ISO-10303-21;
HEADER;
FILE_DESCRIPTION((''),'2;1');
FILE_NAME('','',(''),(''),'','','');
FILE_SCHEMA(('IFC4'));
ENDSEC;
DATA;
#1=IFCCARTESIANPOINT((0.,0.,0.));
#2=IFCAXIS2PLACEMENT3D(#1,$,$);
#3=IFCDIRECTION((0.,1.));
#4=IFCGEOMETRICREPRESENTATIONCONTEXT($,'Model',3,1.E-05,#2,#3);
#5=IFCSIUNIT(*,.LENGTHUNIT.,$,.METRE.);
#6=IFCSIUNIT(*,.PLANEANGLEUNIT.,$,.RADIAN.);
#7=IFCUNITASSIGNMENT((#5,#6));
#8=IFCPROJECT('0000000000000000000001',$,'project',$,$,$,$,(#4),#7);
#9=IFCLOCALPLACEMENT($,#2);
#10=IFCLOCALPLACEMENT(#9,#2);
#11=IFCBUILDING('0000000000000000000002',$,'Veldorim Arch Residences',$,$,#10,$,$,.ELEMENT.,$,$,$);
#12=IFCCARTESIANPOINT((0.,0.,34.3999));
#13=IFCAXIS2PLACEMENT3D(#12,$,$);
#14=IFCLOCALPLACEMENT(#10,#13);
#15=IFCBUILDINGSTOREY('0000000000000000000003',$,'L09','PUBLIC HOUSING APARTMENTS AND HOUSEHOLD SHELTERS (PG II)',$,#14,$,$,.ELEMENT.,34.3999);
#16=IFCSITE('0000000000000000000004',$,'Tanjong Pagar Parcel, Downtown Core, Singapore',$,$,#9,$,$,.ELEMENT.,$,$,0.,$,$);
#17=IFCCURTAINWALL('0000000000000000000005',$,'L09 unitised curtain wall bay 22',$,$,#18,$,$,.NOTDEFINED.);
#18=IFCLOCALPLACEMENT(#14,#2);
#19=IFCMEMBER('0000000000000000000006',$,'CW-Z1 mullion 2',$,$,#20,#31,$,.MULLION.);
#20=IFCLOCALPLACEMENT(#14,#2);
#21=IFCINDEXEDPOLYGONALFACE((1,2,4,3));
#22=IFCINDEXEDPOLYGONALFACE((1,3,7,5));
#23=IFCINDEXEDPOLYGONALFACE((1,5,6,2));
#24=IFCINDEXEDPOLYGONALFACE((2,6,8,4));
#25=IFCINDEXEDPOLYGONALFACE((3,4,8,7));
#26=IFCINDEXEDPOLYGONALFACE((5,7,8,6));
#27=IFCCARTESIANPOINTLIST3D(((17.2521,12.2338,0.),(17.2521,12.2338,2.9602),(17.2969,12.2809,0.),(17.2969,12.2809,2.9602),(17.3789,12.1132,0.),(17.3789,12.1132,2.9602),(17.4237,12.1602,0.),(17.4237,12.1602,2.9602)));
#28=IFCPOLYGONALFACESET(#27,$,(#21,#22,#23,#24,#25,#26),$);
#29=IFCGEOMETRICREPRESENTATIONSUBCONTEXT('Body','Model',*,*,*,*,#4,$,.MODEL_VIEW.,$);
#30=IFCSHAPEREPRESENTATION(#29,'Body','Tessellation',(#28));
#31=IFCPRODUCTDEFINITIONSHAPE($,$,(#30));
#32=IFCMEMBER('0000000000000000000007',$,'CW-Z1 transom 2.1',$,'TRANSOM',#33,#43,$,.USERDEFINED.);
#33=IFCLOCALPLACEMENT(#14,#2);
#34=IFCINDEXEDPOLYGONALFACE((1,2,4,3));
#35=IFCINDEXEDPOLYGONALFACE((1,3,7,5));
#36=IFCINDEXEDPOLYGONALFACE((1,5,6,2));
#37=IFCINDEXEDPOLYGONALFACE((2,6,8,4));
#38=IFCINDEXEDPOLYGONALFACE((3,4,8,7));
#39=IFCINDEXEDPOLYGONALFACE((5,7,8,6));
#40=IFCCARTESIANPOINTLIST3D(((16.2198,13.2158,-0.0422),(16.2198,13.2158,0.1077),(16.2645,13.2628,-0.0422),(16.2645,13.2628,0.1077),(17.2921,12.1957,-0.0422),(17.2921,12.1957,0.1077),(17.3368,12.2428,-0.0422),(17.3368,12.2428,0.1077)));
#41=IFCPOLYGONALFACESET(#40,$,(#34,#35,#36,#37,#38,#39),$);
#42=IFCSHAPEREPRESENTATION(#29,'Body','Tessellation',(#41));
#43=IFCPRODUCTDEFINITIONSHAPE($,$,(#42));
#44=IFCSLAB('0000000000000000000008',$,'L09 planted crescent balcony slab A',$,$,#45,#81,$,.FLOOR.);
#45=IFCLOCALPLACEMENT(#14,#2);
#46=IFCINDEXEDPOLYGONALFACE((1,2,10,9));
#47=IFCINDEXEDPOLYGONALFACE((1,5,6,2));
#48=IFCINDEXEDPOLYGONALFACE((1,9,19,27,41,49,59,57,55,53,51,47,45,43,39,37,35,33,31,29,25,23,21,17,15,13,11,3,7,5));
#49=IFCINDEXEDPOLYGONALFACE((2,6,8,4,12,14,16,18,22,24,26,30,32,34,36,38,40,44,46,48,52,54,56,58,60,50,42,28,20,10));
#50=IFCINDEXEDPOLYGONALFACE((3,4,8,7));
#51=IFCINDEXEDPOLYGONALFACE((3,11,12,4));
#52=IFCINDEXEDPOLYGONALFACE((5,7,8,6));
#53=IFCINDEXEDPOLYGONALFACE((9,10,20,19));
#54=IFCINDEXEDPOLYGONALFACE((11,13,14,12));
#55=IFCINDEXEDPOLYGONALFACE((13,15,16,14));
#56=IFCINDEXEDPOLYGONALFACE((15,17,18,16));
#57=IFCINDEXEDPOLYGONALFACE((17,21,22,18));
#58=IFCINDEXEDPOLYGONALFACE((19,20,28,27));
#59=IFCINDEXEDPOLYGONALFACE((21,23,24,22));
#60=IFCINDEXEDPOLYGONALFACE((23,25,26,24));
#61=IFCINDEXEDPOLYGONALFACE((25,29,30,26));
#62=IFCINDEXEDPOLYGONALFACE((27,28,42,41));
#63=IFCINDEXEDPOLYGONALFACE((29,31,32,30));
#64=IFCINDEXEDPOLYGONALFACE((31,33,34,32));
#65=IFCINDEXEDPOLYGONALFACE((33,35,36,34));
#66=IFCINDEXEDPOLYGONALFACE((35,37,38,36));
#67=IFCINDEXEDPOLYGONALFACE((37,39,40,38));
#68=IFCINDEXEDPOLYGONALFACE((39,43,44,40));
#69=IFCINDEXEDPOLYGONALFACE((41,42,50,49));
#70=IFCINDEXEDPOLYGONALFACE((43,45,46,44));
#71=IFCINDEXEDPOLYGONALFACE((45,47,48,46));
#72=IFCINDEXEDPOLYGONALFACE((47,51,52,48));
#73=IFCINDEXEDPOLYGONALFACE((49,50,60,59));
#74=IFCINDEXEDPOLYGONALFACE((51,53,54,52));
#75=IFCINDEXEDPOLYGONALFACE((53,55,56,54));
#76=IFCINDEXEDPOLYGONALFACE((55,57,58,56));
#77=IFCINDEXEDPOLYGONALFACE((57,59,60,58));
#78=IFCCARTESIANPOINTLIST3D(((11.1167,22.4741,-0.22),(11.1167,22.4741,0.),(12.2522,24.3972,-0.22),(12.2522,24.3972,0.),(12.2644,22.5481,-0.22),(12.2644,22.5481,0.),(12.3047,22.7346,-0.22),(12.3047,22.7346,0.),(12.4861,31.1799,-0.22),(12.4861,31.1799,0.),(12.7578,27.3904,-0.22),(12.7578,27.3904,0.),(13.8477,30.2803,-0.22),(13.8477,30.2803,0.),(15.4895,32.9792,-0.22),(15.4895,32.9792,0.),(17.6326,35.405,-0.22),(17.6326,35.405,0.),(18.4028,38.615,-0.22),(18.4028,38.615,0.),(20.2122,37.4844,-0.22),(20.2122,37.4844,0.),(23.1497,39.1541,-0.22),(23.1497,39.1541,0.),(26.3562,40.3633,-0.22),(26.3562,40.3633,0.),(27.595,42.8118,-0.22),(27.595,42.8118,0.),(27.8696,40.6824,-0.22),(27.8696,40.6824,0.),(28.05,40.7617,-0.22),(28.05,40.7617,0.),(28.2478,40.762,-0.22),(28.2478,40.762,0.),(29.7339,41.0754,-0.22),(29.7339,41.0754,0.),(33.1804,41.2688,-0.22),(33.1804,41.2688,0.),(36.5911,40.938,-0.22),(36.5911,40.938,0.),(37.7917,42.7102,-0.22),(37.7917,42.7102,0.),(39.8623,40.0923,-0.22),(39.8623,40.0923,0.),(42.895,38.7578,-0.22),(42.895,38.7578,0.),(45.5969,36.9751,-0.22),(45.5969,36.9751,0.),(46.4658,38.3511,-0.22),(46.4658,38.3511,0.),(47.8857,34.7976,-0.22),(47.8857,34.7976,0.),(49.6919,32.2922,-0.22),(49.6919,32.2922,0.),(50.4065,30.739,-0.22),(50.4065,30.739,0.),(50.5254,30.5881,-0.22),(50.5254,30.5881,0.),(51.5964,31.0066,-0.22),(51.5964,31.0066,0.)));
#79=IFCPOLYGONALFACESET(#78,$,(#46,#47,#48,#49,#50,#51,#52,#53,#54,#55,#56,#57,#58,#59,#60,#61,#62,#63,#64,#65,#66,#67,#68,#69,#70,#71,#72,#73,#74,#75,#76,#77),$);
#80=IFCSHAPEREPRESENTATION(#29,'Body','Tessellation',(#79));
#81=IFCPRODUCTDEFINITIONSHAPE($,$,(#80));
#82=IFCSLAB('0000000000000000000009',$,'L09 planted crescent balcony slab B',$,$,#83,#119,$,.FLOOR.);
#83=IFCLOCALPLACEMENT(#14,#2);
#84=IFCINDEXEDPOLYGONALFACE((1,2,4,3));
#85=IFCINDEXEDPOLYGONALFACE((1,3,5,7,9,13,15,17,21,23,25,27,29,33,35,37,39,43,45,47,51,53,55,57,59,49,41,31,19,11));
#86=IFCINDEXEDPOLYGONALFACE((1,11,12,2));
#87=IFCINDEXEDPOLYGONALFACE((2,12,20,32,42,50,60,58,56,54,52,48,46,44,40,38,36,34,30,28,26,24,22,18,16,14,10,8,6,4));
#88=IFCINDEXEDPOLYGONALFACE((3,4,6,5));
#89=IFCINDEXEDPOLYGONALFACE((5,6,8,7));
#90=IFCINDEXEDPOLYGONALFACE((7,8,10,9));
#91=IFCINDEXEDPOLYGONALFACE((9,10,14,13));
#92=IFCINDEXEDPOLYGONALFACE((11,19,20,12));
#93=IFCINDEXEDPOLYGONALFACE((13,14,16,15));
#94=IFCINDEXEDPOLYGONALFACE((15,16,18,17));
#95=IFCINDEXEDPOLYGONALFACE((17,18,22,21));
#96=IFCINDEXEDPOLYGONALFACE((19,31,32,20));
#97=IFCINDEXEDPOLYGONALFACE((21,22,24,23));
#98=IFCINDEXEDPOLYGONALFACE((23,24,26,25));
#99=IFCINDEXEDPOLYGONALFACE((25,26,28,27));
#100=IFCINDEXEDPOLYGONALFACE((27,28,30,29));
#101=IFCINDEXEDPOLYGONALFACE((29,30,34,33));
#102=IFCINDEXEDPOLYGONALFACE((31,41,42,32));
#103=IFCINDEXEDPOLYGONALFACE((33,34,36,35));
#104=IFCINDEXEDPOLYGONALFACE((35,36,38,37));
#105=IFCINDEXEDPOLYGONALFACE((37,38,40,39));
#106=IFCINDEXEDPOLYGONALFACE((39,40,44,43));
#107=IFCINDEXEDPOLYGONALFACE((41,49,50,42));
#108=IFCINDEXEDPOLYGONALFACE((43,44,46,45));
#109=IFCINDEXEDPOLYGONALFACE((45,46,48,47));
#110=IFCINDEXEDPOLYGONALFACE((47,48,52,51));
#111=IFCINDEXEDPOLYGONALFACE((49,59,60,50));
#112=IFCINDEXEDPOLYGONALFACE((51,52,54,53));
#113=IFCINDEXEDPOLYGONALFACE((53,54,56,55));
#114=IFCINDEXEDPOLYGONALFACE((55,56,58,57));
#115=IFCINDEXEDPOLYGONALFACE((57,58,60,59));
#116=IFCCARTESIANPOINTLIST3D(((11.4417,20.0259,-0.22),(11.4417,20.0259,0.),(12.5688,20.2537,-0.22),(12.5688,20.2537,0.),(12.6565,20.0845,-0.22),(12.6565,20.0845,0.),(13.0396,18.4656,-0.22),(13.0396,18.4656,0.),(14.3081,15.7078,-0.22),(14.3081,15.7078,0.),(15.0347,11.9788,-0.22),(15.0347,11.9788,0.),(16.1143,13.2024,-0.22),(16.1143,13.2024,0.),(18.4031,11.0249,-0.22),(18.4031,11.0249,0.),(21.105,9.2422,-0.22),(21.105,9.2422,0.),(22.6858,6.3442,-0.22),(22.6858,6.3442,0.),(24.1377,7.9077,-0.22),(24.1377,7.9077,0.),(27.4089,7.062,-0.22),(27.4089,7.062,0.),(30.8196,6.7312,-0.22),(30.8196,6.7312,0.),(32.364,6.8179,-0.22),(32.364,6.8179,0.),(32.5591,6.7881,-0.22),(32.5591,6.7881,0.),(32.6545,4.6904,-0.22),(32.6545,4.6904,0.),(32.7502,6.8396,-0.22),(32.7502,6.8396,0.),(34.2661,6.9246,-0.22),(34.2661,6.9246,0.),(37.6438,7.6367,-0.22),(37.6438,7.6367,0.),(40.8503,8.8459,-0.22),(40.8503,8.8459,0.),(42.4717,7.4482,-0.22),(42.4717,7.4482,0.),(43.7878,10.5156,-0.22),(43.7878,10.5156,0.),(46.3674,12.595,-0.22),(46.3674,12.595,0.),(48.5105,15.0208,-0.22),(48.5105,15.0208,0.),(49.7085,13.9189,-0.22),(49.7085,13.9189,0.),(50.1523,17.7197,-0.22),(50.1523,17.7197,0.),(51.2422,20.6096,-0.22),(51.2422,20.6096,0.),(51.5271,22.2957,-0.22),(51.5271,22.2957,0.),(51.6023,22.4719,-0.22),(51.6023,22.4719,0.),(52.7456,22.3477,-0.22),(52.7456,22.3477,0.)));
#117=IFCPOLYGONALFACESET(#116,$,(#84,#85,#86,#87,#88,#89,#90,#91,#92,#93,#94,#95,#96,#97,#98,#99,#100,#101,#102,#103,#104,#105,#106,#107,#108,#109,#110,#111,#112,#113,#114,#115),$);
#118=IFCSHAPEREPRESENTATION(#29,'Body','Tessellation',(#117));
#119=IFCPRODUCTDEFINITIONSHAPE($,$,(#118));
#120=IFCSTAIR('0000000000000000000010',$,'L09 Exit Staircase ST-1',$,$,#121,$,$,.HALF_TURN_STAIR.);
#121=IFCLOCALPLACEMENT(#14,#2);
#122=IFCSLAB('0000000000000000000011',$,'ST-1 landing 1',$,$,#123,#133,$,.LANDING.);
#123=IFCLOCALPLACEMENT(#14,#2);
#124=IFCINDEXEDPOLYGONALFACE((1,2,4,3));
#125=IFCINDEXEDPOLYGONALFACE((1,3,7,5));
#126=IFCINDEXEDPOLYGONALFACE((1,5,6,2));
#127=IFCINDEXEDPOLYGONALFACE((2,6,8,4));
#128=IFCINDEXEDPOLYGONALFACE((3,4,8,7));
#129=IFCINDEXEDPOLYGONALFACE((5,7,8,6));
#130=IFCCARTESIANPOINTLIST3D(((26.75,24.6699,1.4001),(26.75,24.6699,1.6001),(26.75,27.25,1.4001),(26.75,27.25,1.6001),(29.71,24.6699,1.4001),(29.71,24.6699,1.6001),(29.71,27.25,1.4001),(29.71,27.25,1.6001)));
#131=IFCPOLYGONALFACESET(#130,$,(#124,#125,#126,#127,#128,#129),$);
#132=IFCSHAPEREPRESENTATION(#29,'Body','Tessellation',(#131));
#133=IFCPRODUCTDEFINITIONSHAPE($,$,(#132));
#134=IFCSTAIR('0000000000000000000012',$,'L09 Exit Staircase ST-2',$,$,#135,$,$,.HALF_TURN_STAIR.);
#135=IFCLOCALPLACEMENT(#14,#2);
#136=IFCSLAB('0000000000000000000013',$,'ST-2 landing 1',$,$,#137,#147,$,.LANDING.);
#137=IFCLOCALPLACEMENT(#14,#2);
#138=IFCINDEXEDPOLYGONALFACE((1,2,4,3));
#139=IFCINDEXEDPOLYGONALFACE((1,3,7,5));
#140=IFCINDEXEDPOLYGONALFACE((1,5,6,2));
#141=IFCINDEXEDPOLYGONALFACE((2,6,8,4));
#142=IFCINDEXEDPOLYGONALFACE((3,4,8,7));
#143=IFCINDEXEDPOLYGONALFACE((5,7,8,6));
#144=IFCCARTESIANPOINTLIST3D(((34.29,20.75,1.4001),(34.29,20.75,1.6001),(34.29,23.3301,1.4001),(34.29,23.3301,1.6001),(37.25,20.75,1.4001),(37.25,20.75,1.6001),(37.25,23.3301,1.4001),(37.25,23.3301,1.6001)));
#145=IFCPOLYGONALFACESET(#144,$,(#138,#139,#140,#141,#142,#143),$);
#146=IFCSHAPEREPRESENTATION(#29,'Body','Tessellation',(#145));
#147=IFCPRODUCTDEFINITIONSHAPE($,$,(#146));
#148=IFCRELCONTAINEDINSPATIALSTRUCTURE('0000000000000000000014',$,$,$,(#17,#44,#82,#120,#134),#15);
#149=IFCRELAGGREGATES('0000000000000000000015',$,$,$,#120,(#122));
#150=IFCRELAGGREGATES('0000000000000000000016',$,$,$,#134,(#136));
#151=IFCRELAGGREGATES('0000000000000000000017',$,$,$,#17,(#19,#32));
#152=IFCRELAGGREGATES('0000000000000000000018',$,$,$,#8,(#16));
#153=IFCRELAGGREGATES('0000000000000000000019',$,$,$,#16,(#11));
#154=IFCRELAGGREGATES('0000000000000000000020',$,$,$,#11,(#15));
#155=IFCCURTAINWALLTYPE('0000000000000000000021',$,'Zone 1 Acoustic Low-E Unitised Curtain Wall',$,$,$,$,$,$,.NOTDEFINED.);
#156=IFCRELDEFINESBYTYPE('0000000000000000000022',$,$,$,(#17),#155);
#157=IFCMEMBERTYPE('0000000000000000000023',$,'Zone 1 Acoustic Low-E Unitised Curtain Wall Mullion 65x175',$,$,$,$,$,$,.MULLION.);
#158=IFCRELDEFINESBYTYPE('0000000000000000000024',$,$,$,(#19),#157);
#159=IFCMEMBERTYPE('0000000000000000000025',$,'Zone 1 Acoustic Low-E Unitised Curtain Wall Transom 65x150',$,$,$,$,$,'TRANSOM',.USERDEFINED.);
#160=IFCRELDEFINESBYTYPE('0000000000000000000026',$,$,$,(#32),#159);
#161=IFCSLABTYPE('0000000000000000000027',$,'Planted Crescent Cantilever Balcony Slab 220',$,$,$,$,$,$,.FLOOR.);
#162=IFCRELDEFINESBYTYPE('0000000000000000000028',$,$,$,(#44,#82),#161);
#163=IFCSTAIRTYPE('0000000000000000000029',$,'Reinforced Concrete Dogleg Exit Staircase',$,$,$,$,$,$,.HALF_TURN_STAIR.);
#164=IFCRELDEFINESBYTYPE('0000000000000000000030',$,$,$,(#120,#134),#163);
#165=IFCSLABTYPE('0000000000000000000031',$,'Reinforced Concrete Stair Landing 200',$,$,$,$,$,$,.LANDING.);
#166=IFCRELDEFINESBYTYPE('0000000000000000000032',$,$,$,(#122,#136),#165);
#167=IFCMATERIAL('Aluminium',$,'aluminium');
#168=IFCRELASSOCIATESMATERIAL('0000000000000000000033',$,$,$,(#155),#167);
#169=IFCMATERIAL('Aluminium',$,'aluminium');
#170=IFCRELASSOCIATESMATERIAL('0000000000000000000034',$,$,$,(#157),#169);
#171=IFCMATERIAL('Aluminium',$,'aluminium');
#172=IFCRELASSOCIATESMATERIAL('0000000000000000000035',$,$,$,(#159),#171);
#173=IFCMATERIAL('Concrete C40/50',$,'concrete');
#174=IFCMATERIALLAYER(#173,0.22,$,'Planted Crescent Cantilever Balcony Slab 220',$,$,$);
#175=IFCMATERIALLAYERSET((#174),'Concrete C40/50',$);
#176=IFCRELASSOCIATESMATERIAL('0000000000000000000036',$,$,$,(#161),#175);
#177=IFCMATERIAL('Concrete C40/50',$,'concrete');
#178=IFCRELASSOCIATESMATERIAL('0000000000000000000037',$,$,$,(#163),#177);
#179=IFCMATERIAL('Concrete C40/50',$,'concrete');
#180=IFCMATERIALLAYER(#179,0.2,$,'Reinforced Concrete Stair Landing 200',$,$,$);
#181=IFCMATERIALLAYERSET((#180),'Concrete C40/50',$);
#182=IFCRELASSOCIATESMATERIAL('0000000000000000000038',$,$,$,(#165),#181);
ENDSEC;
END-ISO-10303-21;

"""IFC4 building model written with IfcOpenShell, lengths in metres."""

from ifc_helpers import new_model, si_unit, direction, frame, origin, origin_2d, place, context, subcontext, project, spatial, polyline, rectangle, outline, extrude, material, layer, layer_set, material_profile, profile_set, type_object, element, aggregate, save


model = new_model("IFC4")

# Units and contexts
model_context = context("Model", 3, precision=1e-05, world=origin(), true_north=direction((0.0, 1.0)))
body_context = subcontext(model_context, "Body", "Model", "MODEL_VIEW")
ifc_project = project(units=[si_unit("LENGTHUNIT", "METRE"), si_unit("PLANEANGLEUNIT", "RADIAN")], contexts=[model_context])

# Site, building, storey
site_placement = place(None, origin())
site = spatial("IfcSite", under=ifc_project, at=site_placement, Name="Tanjong Pagar Parcel, Downtown Core, Singapore", CompositionType="ELEMENT", RefElevation=0.0)
building_placement = place(site_placement, origin())
building = spatial("IfcBuilding", under=site, at=building_placement, Name="Veldorim Arch Residences", CompositionType="ELEMENT")
storey_placement = place(building_placement, frame((0.0, 0.0, 34.3999)))
storey = spatial("IfcBuildingStorey", under=building, at=storey_placement, Name="L09", Description="PUBLIC HOUSING APARTMENTS AND HOUSEHOLD SHELTERS (PG II)", CompositionType="ELEMENT", Elevation=34.3999)

# Curtain wall, members
ifc_material_1 = material(Name="Aluminium", Category="aluminium")
curtain_wall_type = type_object("IfcCurtainWallType", Name="Zone 1 Acoustic Low-E Unitised Curtain Wall", PredefinedType="NOTDEFINED", material=ifc_material_1)
curtain_wall_placement = place(storey_placement, origin())
curtain_wall = element("IfcCurtainWall", 1, at=curtain_wall_placement, inside=storey, type_object=curtain_wall_type, Name="L09 unitised curtain wall bay 22", PredefinedType="NOTDEFINED")
ifc_material_2 = material(Name="Aluminium", Category="aluminium")
ifc_material_profile_1 = material_profile(ifc_material_2, rectangle(XDim=0.0649, YDim=0.175, at=origin_2d()), Name="ALU_MUL_65x175")
ifc_profile_set_1 = profile_set([ifc_material_profile_1], Name="Aluminium")
member_type_1 = type_object("IfcMemberType", Name="Zone 1 Acoustic Low-E Unitised Curtain Wall Mullion 65x175", PredefinedType="MULLION", material=ifc_profile_set_1)
member_1_placement = place(storey_placement, frame((17.3379, 12.197, 0.0), z_axis=(0.0, 0.0, 1.0), x_axis=(-0.689245, -0.724528, 0.0)))
member_1 = element("IfcMember", 2, at=member_1_placement, type_object=member_type_1, Name="CW-Z1 mullion 2", PredefinedType="MULLION", context=body_context, shape_type="SweptSolid", body=[
    extrude(rectangle(XDim=0.0649, YDim=0.175, at=origin_2d()), origin(), (0.0, 0.0, 1.0), 2.9602),
])
ifc_material_3 = material(Name="Aluminium", Category="aluminium")
ifc_material_profile_2 = material_profile(ifc_material_3, rectangle(XDim=0.0649, YDim=0.1499, at=origin_2d()), Name="ALU_TRN_65x150")
ifc_profile_set_2 = profile_set([ifc_material_profile_2], Name="Aluminium")
member_type_2 = type_object("IfcMemberType", Name="Zone 1 Acoustic Low-E Unitised Curtain Wall Transom 65x150", ElementType="TRANSOM", PredefinedType="USERDEFINED", material=ifc_profile_set_2)
member_2_placement = place(storey_placement, frame((17.3145, 12.2192, 0.0327), z_axis=(-0.724538, 0.689235, 0.0), x_axis=(-0.689235, -0.724538, 0.0)))
member_2 = element("IfcMember", 3, at=member_2_placement, type_object=member_type_2, Name="CW-Z1 transom 2.1", ObjectType="TRANSOM", PredefinedType="USERDEFINED", context=body_context, shape_type="SweptSolid", body=[
    extrude(rectangle(XDim=0.0649, YDim=0.1499, at=origin_2d()), origin(), (0.0, 0.0, 1.0), 1.48),
])

# Slabs
ifc_material_4 = material(Name="Concrete C40/50", Category="concrete")
ifc_layer_1 = layer(ifc_material_4, 0.22, Name="Planted Crescent Cantilever Balcony Slab 220")
ifc_layer_set_1 = layer_set([ifc_layer_1], Name="Concrete C40/50")
slab_type_1 = type_object("IfcSlabType", Name="Planted Crescent Cantilever Balcony Slab 220", PredefinedType="FLOOR", material=ifc_layer_set_1)
slab_1_placement = place(storey_placement, frame((0.0, 0.0, -0.22)))
element("IfcSlab", 4, at=slab_1_placement, inside=storey, type_object=slab_type_1, Name="L09 planted crescent balcony slab A", PredefinedType="FLOOR", context=body_context, shape_type="SweptSolid", body=[
    extrude(outline(polyline([(50.4065, 30.739), (49.6919, 32.2922), (47.8857, 34.7976), (45.5969, 36.9751), (42.895, 38.7578), (39.8623, 40.0923), (36.5911, 40.938), (33.1804, 41.2688), (29.7339, 41.0754), (28.2478, 40.762), (28.05, 40.7617), (27.8696, 40.6824), (26.3562, 40.3633), (23.1497, 39.1541), (20.2122, 37.4844), (17.6326, 35.405), (15.4895, 32.9792), (13.8477, 30.2803), (12.7578, 27.3904), (12.2522, 24.3972), (12.3047, 22.7346), (12.2644, 22.5481), (11.1167, 22.4741), (12.4861, 31.1799), (18.4028, 38.615), (27.595, 42.8118), (37.7917, 42.7102), (46.4658, 38.3511), (51.5964, 31.0066), (50.5254, 30.5881), (50.4065, 30.739)])), origin(), (0.0, 0.0, 1.0), 0.22),
])
slab_2_placement = place(storey_placement, frame((0.0, 0.0, -0.22)))
element("IfcSlab", 5, at=slab_2_placement, inside=storey, type_object=slab_type_1, Name="L09 planted crescent balcony slab B", PredefinedType="FLOOR", context=body_context, shape_type="SweptSolid", body=[
    extrude(outline(polyline([(12.6565, 20.0845), (13.0396, 18.4656), (14.3081, 15.7078), (16.1143, 13.2024), (18.4031, 11.0249), (21.105, 9.2422), (24.1377, 7.9077), (27.4089, 7.062), (30.8196, 6.7312), (32.364, 6.8179), (32.5591, 6.7881), (32.7502, 6.8396), (34.2661, 6.9246), (37.6438, 7.6367), (40.8503, 8.8459), (43.7878, 10.5156), (46.3674, 12.595), (48.5105, 15.0208), (50.1523, 17.7197), (51.2422, 20.6096), (51.5271, 22.2957), (51.6023, 22.4719), (52.7456, 22.3477), (49.7085, 13.9189), (42.4717, 7.4482), (32.6545, 4.6904), (22.6858, 6.3442), (15.0347, 11.9788), (11.4417, 20.0259), (12.5688, 20.2537), (12.6565, 20.0845)])), origin(), (0.0, 0.0, 1.0), 0.22),
])

# Stairs, slabs
ifc_material_5 = material(Name="Concrete C40/50", Category="concrete")
stair_type = type_object("IfcStairType", Name="Reinforced Concrete Dogleg Exit Staircase", PredefinedType="HALF_TURN_STAIR", material=ifc_material_5)
stair_1_placement = place(storey_placement, origin())
stair_1 = element("IfcStair", 6, at=stair_1_placement, inside=storey, type_object=stair_type, Name="L09 Exit Staircase ST-1", PredefinedType="HALF_TURN_STAIR")
ifc_material_6 = material(Name="Concrete C40/50", Category="concrete")
ifc_layer_2 = layer(ifc_material_6, 0.2, Name="Reinforced Concrete Stair Landing 200")
ifc_layer_set_2 = layer_set([ifc_layer_2], Name="Concrete C40/50")
slab_type_2 = type_object("IfcSlabType", Name="Reinforced Concrete Stair Landing 200", PredefinedType="LANDING", material=ifc_layer_set_2)
slab_3_placement = place(storey_placement, frame((0.0, 0.0, 1.4001)))
slab_3 = element("IfcSlab", 7, at=slab_3_placement, type_object=slab_type_2, Name="ST-1 landing 1", PredefinedType="LANDING", context=body_context, shape_type="SweptSolid", body=[
    extrude(outline(polyline([(29.71, 24.6699), (29.71, 27.25), (26.75, 27.25), (26.75, 24.6699), (29.71, 24.6699)])), origin(), (0.0, 0.0, 1.0), 0.2),
])
aggregate(stair_1, [slab_3])
stair_2_placement = place(storey_placement, origin())
stair_2 = element("IfcStair", 8, at=stair_2_placement, inside=storey, type_object=stair_type, Name="L09 Exit Staircase ST-2", PredefinedType="HALF_TURN_STAIR")
slab_4_placement = place(storey_placement, frame((0.0, 0.0, 1.4001)))
slab_4 = element("IfcSlab", 9, at=slab_4_placement, type_object=slab_type_2, Name="ST-2 landing 1", PredefinedType="LANDING", context=body_context, shape_type="SweptSolid", body=[
    extrude(outline(polyline([(34.29, 23.3301), (34.29, 20.75), (37.25, 20.75), (37.25, 23.3301), (34.29, 23.3301)])), origin(), (0.0, 0.0, 1.0), 0.2),
])
aggregate(stair_2, [slab_4])

aggregate(curtain_wall, [member_1, member_2])

save(model, "model.ifc")
